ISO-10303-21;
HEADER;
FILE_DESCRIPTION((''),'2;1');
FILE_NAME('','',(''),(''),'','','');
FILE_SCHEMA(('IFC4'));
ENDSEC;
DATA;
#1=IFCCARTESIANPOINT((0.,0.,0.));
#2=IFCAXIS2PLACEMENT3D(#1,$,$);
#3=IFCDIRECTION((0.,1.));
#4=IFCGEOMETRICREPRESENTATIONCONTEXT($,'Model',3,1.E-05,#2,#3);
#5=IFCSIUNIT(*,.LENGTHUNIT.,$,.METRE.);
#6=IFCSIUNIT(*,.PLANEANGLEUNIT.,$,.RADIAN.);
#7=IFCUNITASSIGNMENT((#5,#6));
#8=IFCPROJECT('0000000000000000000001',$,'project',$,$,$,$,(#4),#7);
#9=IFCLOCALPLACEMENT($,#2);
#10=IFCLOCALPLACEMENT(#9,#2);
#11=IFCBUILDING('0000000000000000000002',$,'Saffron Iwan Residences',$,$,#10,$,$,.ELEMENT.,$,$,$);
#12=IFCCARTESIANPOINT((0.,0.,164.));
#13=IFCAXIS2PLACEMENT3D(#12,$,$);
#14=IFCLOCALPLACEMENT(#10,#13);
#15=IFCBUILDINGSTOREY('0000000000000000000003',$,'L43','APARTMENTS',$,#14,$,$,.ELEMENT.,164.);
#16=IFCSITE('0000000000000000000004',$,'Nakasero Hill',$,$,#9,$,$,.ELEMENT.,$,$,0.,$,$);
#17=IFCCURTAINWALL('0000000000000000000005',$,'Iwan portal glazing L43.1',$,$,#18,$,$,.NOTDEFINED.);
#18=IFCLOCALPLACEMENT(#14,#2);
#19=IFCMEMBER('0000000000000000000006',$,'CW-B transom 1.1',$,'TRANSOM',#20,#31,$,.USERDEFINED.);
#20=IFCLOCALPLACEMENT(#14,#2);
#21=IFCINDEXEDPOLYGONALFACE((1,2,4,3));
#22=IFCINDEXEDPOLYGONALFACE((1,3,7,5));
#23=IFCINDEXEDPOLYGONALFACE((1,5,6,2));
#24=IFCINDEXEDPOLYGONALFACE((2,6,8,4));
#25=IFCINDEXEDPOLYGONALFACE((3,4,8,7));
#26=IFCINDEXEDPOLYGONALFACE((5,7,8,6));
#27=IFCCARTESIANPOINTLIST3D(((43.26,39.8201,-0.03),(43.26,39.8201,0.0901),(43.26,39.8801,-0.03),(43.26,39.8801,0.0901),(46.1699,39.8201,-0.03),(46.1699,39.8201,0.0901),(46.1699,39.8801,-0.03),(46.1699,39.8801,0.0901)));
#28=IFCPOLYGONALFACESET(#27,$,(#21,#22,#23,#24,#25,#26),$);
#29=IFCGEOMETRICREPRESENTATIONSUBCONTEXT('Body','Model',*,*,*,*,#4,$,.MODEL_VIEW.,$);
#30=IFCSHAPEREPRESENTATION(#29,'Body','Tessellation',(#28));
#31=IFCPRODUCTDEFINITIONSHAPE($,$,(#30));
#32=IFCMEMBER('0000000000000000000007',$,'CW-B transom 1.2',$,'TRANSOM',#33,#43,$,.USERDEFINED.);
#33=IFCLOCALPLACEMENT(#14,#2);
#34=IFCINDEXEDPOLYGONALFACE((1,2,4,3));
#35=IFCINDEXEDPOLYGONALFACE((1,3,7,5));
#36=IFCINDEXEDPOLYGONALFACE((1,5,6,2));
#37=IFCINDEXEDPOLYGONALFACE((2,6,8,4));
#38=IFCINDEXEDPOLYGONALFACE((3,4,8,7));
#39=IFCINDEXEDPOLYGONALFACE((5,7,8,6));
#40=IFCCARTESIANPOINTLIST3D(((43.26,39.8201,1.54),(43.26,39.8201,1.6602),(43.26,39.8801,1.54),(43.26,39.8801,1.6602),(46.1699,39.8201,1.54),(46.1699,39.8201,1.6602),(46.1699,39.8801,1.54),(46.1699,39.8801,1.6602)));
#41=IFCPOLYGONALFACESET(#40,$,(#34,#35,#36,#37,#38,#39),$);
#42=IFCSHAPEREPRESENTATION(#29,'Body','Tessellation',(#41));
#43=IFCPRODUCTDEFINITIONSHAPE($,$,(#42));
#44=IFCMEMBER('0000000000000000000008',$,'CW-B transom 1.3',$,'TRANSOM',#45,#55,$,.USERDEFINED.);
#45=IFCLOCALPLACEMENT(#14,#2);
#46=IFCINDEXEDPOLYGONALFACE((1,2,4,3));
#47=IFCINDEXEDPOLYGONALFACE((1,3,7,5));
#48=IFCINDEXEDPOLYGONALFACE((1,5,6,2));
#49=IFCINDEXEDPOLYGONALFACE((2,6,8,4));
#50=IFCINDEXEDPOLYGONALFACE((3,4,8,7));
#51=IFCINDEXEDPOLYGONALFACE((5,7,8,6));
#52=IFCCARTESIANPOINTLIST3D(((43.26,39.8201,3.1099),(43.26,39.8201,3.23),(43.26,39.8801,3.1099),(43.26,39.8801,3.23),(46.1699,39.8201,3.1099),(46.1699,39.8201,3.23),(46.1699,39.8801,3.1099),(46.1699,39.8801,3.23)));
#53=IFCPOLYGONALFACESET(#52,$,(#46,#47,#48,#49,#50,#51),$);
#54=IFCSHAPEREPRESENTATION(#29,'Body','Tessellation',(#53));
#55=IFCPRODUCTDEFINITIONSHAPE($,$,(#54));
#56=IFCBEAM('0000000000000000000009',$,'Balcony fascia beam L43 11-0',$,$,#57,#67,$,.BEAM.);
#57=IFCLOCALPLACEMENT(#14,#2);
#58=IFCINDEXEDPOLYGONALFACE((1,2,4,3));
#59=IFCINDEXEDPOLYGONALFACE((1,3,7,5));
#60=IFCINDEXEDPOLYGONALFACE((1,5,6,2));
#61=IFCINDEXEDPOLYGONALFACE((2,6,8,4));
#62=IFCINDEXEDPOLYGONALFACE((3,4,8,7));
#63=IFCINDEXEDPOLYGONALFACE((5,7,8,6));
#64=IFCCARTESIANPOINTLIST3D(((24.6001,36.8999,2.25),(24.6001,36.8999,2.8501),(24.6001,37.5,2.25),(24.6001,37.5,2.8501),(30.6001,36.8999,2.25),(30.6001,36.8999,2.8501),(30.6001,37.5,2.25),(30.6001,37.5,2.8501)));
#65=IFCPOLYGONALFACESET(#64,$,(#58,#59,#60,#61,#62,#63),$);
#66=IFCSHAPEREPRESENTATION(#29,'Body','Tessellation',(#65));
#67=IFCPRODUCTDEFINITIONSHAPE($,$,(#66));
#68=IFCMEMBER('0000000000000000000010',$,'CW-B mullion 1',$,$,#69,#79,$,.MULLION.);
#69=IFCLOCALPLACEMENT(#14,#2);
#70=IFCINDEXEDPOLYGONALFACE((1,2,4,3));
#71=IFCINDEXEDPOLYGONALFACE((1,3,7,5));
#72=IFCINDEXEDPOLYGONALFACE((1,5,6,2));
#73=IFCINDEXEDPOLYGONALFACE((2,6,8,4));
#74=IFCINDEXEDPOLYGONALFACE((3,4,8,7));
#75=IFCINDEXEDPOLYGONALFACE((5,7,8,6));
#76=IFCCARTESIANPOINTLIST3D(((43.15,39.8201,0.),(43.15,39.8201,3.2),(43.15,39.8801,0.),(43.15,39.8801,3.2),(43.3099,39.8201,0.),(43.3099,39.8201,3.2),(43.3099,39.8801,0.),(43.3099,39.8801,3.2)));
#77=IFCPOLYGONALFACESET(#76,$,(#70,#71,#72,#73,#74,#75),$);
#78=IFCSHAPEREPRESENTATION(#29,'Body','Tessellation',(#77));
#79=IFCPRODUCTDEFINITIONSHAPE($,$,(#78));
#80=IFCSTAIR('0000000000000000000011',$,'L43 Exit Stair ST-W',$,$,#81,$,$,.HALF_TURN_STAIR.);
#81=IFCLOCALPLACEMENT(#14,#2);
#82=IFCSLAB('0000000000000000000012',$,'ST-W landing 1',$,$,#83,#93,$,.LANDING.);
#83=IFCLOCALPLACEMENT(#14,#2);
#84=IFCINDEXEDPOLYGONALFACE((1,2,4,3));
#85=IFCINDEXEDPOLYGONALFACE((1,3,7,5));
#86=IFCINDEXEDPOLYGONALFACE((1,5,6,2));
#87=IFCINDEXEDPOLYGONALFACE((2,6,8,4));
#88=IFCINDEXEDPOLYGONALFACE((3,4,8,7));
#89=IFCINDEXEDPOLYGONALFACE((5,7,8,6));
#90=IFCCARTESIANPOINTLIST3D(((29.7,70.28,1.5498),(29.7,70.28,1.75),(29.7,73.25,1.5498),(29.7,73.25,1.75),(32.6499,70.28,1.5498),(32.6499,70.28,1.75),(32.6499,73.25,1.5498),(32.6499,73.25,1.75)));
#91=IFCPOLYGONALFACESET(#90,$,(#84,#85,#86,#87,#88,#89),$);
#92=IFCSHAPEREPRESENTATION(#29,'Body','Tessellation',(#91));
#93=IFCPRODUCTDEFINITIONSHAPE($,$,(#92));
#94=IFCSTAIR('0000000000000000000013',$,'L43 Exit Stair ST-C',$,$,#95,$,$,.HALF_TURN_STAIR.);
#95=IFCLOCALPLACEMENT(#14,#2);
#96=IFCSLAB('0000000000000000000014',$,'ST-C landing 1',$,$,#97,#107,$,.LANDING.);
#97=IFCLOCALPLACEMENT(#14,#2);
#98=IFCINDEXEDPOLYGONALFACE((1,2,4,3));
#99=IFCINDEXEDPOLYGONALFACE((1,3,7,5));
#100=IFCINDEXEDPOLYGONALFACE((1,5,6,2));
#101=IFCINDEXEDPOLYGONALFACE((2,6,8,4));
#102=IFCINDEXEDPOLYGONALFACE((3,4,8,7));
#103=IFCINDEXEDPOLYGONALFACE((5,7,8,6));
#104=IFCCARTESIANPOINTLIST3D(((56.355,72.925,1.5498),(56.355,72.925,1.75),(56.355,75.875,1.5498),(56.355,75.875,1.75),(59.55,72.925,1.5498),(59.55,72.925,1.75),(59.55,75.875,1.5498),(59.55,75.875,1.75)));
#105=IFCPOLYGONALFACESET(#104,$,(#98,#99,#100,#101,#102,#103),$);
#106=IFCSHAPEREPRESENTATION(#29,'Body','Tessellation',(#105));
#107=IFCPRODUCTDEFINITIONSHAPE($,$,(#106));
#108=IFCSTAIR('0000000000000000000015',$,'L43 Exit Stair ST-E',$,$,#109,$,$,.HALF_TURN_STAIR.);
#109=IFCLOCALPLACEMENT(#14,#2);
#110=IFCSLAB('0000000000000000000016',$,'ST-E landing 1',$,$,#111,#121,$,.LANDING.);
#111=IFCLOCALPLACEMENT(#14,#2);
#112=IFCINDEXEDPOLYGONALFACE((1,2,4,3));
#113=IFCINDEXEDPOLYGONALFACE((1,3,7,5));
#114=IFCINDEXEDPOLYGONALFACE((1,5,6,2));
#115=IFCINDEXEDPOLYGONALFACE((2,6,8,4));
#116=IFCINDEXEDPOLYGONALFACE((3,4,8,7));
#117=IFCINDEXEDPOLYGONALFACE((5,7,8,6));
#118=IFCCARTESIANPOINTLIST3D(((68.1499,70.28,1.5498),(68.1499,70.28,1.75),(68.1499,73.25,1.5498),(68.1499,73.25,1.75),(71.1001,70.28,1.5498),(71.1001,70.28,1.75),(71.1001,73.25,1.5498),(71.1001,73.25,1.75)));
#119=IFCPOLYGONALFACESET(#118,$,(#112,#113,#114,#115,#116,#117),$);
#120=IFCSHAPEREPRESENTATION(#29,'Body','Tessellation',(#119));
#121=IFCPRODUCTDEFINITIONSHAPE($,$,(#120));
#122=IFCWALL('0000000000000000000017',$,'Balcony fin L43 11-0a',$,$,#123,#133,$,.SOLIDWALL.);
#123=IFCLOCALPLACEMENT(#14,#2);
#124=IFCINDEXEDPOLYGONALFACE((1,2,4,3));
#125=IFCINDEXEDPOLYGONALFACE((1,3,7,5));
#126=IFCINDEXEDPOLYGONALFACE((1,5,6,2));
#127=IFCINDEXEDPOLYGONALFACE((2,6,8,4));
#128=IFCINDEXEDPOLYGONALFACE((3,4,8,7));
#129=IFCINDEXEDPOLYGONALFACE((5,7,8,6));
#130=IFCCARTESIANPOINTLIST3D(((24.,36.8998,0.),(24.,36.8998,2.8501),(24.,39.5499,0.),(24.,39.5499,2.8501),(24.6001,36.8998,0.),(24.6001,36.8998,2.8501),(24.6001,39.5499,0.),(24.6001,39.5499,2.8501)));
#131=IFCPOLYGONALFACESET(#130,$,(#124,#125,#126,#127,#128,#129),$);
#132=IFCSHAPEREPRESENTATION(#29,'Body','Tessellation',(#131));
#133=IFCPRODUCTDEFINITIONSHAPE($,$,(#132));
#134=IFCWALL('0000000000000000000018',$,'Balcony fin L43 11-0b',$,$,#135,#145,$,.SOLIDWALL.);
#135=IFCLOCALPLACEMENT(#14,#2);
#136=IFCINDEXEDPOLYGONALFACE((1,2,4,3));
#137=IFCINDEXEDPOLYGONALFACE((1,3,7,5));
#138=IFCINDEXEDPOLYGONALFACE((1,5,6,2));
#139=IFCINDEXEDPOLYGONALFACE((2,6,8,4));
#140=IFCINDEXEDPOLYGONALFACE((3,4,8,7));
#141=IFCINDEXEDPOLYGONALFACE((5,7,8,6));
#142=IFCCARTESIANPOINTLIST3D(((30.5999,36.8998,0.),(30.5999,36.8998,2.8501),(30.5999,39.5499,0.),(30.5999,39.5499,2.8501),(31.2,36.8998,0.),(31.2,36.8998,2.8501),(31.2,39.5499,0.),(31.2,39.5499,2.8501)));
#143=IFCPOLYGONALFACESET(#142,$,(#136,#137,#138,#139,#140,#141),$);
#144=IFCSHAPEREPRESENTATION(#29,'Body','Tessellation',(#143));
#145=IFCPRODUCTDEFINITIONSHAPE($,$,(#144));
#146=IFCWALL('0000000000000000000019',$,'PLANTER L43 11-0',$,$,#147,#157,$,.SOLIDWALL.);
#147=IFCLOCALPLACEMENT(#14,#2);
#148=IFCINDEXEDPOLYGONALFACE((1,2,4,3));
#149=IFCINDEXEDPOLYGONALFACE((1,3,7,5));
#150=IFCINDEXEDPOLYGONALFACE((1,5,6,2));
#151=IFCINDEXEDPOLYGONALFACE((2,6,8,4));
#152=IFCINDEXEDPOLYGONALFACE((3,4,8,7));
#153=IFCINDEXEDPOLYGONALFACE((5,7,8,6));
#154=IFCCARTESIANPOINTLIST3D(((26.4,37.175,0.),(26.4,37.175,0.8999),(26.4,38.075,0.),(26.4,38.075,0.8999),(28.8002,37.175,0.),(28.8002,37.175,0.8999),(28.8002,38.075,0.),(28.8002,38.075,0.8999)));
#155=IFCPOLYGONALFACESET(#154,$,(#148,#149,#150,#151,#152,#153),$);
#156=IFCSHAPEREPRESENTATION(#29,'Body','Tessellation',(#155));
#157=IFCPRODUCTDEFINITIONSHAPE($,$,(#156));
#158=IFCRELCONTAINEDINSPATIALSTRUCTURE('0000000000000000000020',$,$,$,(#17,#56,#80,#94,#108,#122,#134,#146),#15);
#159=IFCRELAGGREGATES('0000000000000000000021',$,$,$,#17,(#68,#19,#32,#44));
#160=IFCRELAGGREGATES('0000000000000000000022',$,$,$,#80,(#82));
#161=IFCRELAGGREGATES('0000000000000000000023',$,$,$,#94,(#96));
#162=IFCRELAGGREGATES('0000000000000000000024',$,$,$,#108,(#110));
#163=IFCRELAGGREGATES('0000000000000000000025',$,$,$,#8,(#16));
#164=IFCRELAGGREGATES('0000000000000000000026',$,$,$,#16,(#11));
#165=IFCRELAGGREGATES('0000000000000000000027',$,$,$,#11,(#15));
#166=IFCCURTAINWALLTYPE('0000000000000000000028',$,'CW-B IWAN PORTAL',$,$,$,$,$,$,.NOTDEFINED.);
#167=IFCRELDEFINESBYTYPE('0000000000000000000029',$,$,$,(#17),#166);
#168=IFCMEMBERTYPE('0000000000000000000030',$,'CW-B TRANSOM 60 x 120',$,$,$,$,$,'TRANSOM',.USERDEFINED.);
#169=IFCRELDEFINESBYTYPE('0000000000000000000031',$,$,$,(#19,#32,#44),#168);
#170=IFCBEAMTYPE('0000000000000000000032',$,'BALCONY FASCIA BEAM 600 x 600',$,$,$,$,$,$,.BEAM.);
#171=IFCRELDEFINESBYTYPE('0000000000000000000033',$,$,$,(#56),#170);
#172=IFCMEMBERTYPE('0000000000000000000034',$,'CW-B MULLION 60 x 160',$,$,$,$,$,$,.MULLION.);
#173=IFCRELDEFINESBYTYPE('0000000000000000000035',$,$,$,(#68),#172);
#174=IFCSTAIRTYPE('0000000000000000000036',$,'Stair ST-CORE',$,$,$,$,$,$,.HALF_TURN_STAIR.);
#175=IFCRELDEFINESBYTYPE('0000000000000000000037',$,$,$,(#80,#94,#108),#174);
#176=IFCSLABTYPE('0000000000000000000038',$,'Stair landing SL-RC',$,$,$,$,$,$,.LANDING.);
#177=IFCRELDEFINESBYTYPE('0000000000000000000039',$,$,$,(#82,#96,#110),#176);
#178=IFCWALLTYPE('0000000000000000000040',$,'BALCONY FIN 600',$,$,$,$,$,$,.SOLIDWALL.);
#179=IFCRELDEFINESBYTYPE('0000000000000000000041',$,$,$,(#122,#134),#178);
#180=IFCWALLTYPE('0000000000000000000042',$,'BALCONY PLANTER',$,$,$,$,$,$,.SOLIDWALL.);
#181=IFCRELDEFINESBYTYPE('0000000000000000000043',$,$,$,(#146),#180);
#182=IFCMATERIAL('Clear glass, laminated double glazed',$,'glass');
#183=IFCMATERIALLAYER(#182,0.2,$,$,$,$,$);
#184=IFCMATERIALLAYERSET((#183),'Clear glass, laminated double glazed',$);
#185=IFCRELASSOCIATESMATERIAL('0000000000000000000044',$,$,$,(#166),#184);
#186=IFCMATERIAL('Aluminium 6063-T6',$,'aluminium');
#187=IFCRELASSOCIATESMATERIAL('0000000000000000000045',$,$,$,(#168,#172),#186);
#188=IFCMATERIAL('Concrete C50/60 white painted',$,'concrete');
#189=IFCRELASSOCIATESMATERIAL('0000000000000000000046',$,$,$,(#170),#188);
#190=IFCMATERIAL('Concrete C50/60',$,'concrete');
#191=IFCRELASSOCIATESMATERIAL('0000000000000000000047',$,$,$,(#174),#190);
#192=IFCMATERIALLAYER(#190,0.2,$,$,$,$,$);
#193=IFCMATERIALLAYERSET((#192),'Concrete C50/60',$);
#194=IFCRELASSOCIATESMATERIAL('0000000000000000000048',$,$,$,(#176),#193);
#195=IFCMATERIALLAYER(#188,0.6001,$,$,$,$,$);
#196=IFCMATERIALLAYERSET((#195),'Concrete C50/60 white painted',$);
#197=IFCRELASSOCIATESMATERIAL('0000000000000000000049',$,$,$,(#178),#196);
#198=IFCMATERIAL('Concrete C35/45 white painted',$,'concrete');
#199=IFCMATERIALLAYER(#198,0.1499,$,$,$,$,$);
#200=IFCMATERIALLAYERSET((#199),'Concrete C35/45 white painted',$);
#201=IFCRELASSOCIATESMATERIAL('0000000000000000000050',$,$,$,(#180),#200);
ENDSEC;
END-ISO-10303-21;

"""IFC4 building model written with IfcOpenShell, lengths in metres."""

from ifc_helpers import new_model, si_unit, direction, frame, frame_2d, origin, origin_2d, place, context, subcontext, project, spatial, polyline, rectangle, outline, extrude, source, transform, mapped, material, layer, layer_set, material_profile, profile_set, type_object, element, aggregate, save


model = new_model("IFC4")

# Units and contexts
model_context = context("Model", 3, precision=1e-05, world=origin(), true_north=direction((0.0, 1.0)))
body_context = subcontext(model_context, "Body", "Model", "MODEL_VIEW")
ifc_project = project(units=[si_unit("LENGTHUNIT", "METRE"), si_unit("PLANEANGLEUNIT", "RADIAN")], contexts=[model_context])

# Site, building, storey
site_placement = place(None, origin())
site = spatial("IfcSite", under=ifc_project, at=site_placement, Name="Nakasero Hill", CompositionType="ELEMENT", RefElevation=0.0)
building_placement = place(site_placement, origin())
building = spatial("IfcBuilding", under=site, at=building_placement, Name="Saffron Iwan Residences", CompositionType="ELEMENT")
storey_placement = place(building_placement, frame((0.0, 0.0, 164.0)))
storey = spatial("IfcBuildingStorey", under=building, at=storey_placement, Name="L43", Description="APARTMENTS", CompositionType="ELEMENT", Elevation=164.0)

# Curtain wall, members
ifc_material_1 = material(Name="Clear glass, laminated double glazed", Category="glass")
ifc_layer_1 = layer(ifc_material_1, 0.2)
ifc_layer_set_1 = layer_set([ifc_layer_1], Name="Clear glass, laminated double glazed")
curtain_wall_type = type_object("IfcCurtainWallType", Name="CW-B IWAN PORTAL", PredefinedType="NOTDEFINED", material=ifc_layer_set_1)
curtain_wall_placement = place(storey_placement, origin())
curtain_wall = element("IfcCurtainWall", 1, at=curtain_wall_placement, inside=storey, type_object=curtain_wall_type, Name="Iwan portal glazing L43.1", PredefinedType="NOTDEFINED")
ifc_material_2 = material(Name="Aluminium 6063-T6", Category="aluminium")
ifc_material_profile_1 = material_profile(ifc_material_2, rectangle(XDim=0.0601, YDim=0.1201, at=origin_2d()), Name="CW-B TRANSOM 60 x 120")
ifc_profile_set_1 = profile_set([ifc_material_profile_1], Name="Aluminium 6063-T6")
member_type_1 = type_object("IfcMemberType", Name="CW-B TRANSOM 60 x 120", ElementType="TRANSOM", PredefinedType="USERDEFINED", material=ifc_profile_set_1)
shared_shape_1 = source(origin(), body_context, "Body", "SweptSolid", [
    extrude(rectangle(XDim=0.0601, YDim=0.1201, at=origin_2d()), origin(), (0.0, 0.0, 1.0), 2.9099),
])
member_1_placement = place(storey_placement, frame((43.26, 39.8501, 0.03), z_axis=(1.0, 0.0, 0.0), x_axis=(0.0, 1.0, 0.0)))
member_1 = element("IfcMember", 2, at=member_1_placement, type_object=member_type_1, Name="CW-B transom 1.1", ObjectType="TRANSOM", PredefinedType="USERDEFINED", context=body_context, shape_type="MappedRepresentation", body=[
    mapped(shared_shape_1, transform((0.0, 0.0, 0.0))),
])
member_2_placement = place(storey_placement, frame((43.26, 39.8501, 1.6001), z_axis=(1.0, 0.0, 0.0), x_axis=(0.0, 1.0, 0.0)))
member_2 = element("IfcMember", 3, at=member_2_placement, type_object=member_type_1, Name="CW-B transom 1.2", ObjectType="TRANSOM", PredefinedType="USERDEFINED", context=body_context, shape_type="MappedRepresentation", body=[
    mapped(shared_shape_1, transform((0.0, 0.0, 0.0))),
])
member_3_placement = place(storey_placement, frame((43.26, 39.8501, 3.1699), z_axis=(1.0, 0.0, 0.0), x_axis=(0.0, 1.0, 0.0)))
member_3 = element("IfcMember", 4, at=member_3_placement, type_object=member_type_1, Name="CW-B transom 1.3", ObjectType="TRANSOM", PredefinedType="USERDEFINED", context=body_context, shape_type="MappedRepresentation", body=[
    mapped(shared_shape_1, transform((0.0, 0.0, 0.0))),
])

# Beam
ifc_material_3 = material(Name="Concrete C50/60 white painted", Category="concrete")
ifc_material_profile_2 = material_profile(ifc_material_3, rectangle(XDim=0.6001, YDim=0.6001, at=origin_2d()), Name="BALCONY FASCIA BEAM 600 x 600")
ifc_profile_set_2 = profile_set([ifc_material_profile_2], Name="Concrete C50/60 white painted")
beam_type = type_object("IfcBeamType", Name="BALCONY FASCIA BEAM 600 x 600", PredefinedType="BEAM", material=ifc_profile_set_2)
shared_shape_2 = source(origin(), body_context, "Body", "SweptSolid", [
    extrude(rectangle(XDim=0.6001, YDim=0.6001, at=origin_2d()), origin(), (0.0, 0.0, 1.0), 6.0),
])
beam_placement = place(storey_placement, frame((24.6001, 37.2, 2.55), z_axis=(1.0, 0.0, 0.0), x_axis=(0.0, 1.0, 0.0)))
element("IfcBeam", 5, at=beam_placement, inside=storey, type_object=beam_type, Name="Balcony fascia beam L43 11-0", PredefinedType="BEAM", context=body_context, shape_type="MappedRepresentation", body=[
    mapped(shared_shape_2, transform((0.0, 0.0, 0.0))),
])

# Member
ifc_material_profile_3 = material_profile(ifc_material_2, rectangle(XDim=0.0601, YDim=0.1599, at=origin_2d()), Name="CW-B MULLION 60 x 160")
ifc_profile_set_3 = profile_set([ifc_material_profile_3], Name="Aluminium 6063-T6")
member_type_2 = type_object("IfcMemberType", Name="CW-B MULLION 60 x 160", PredefinedType="MULLION", material=ifc_profile_set_3)
shared_shape_3 = source(origin(), body_context, "Body", "SweptSolid", [
    extrude(rectangle(XDim=0.0601, YDim=0.1599, at=origin_2d()), origin(), (0.0, 0.0, 1.0), 3.2),
])
member_4_placement = place(storey_placement, frame((43.23, 39.8501, 0.0), z_axis=(0.0, 0.0, 1.0), x_axis=(0.0, 1.0, 0.0)))
member_4 = element("IfcMember", 6, at=member_4_placement, type_object=member_type_2, Name="CW-B mullion 1", PredefinedType="MULLION", context=body_context, shape_type="MappedRepresentation", body=[
    mapped(shared_shape_3, transform((0.0, 0.0, 0.0))),
])
aggregate(curtain_wall, [member_4, member_1, member_2, member_3])

# Stairs, slabs
ifc_material_4 = material(Name="Concrete C50/60", Category="concrete")
stair_type = type_object("IfcStairType", Name="Stair ST-CORE", PredefinedType="HALF_TURN_STAIR", material=ifc_material_4)
stair_1_placement = place(storey_placement, origin())
stair_1 = element("IfcStair", 7, at=stair_1_placement, inside=storey, type_object=stair_type, Name="L43 Exit Stair ST-W", PredefinedType="HALF_TURN_STAIR")
ifc_layer_2 = layer(ifc_material_4, 0.2)
ifc_layer_set_2 = layer_set([ifc_layer_2], Name="Concrete C50/60")
slab_type = type_object("IfcSlabType", Name="Stair landing SL-RC", PredefinedType="LANDING", material=ifc_layer_set_2)
slab_1_placement = place(storey_placement, frame((0.0, 0.0, 1.5498)))
slab_1 = element("IfcSlab", 8, at=slab_1_placement, type_object=slab_type, Name="ST-W landing 1", PredefinedType="LANDING", context=body_context, shape_type="SweptSolid", body=[
    extrude(outline(polyline([(32.6499, 70.28), (32.6499, 73.25), (29.7, 73.25), (29.7, 70.28), (32.6499, 70.28)])), origin(), (0.0, 0.0, 1.0), 0.2002),
])
aggregate(stair_1, [slab_1])
stair_2_placement = place(storey_placement, origin())
stair_2 = element("IfcStair", 9, at=stair_2_placement, inside=storey, type_object=stair_type, Name="L43 Exit Stair ST-C", PredefinedType="HALF_TURN_STAIR")
slab_2_placement = place(storey_placement, frame((0.0, 0.0, 1.5498)))
slab_2 = element("IfcSlab", 10, at=slab_2_placement, type_object=slab_type, Name="ST-C landing 1", PredefinedType="LANDING", context=body_context, shape_type="SweptSolid", body=[
    extrude(outline(polyline([(56.355, 72.925), (59.55, 72.925), (59.55, 75.875), (56.355, 75.875), (56.355, 72.925)])), origin(), (0.0, 0.0, 1.0), 0.2002),
])
aggregate(stair_2, [slab_2])
stair_3_placement = place(storey_placement, origin())
stair_3 = element("IfcStair", 11, at=stair_3_placement, inside=storey, type_object=stair_type, Name="L43 Exit Stair ST-E", PredefinedType="HALF_TURN_STAIR")
slab_3_placement = place(storey_placement, frame((0.0, 0.0, 1.5498)))
slab_3 = element("IfcSlab", 12, at=slab_3_placement, type_object=slab_type, Name="ST-E landing 1", PredefinedType="LANDING", context=body_context, shape_type="SweptSolid", body=[
    extrude(outline(polyline([(71.1001, 70.28), (71.1001, 73.25), (68.1499, 73.25), (68.1499, 70.28), (71.1001, 70.28)])), origin(), (0.0, 0.0, 1.0), 0.2002),
])
aggregate(stair_3, [slab_3])

# Walls
ifc_layer_3 = layer(ifc_material_3, 0.6001)
ifc_layer_set_3 = layer_set([ifc_layer_3], Name="Concrete C50/60 white painted")
wall_type_1 = type_object("IfcWallType", Name="BALCONY FIN 600", PredefinedType="SOLIDWALL", material=ifc_layer_set_3)
for number, where, z_axis, x_axis, name in (
    (13, (24.3, 39.55, 0.0), (0.0, 0.0, 1.0), (0.0, -1.0, 0.0), "Balcony fin L43 11-0a"),
    (14, (30.8999, 39.55, 0.0), (0.0, 0.0, 1.0), (0.0, -1.0, 0.0), "Balcony fin L43 11-0b"),
):
    element("IfcWall", number, at=place(storey_placement, frame(where, z_axis=z_axis, x_axis=x_axis)), inside=storey, type_object=wall_type_1, Name=name, PredefinedType="SOLIDWALL", context=body_context, shape_type="SweptSolid", body=[
        extrude(rectangle(XDim=2.6501, YDim=0.6001, at=frame_2d((1.3252, 0.0))), origin(), (0.0, 0.0, 1.0), 2.8501),
    ])
ifc_material_5 = material(Name="Concrete C35/45 white painted", Category="concrete")
ifc_layer_4 = layer(ifc_material_5, 0.1499)
ifc_layer_set_4 = layer_set([ifc_layer_4], Name="Concrete C35/45 white painted")
wall_type_2 = type_object("IfcWallType", Name="BALCONY PLANTER", PredefinedType="SOLIDWALL", material=ifc_layer_set_4)
wall_1_placement = place(storey_placement, frame((26.3999, 37.625, 0.0), z_axis=(0.0, 0.0, 1.0), x_axis=(1.0, 0.0, 0.0)))
element("IfcWall", 15, at=wall_1_placement, inside=storey, type_object=wall_type_2, Name="PLANTER L43 11-0", PredefinedType="SOLIDWALL", context=body_context, shape_type="SweptSolid", body=[
    extrude(rectangle(XDim=2.4001, YDim=0.8999, at=frame_2d((1.2002, 0.0))), origin(), (0.0, 0.0, 1.0), 0.8999),
])

save(model, "model.ifc")
